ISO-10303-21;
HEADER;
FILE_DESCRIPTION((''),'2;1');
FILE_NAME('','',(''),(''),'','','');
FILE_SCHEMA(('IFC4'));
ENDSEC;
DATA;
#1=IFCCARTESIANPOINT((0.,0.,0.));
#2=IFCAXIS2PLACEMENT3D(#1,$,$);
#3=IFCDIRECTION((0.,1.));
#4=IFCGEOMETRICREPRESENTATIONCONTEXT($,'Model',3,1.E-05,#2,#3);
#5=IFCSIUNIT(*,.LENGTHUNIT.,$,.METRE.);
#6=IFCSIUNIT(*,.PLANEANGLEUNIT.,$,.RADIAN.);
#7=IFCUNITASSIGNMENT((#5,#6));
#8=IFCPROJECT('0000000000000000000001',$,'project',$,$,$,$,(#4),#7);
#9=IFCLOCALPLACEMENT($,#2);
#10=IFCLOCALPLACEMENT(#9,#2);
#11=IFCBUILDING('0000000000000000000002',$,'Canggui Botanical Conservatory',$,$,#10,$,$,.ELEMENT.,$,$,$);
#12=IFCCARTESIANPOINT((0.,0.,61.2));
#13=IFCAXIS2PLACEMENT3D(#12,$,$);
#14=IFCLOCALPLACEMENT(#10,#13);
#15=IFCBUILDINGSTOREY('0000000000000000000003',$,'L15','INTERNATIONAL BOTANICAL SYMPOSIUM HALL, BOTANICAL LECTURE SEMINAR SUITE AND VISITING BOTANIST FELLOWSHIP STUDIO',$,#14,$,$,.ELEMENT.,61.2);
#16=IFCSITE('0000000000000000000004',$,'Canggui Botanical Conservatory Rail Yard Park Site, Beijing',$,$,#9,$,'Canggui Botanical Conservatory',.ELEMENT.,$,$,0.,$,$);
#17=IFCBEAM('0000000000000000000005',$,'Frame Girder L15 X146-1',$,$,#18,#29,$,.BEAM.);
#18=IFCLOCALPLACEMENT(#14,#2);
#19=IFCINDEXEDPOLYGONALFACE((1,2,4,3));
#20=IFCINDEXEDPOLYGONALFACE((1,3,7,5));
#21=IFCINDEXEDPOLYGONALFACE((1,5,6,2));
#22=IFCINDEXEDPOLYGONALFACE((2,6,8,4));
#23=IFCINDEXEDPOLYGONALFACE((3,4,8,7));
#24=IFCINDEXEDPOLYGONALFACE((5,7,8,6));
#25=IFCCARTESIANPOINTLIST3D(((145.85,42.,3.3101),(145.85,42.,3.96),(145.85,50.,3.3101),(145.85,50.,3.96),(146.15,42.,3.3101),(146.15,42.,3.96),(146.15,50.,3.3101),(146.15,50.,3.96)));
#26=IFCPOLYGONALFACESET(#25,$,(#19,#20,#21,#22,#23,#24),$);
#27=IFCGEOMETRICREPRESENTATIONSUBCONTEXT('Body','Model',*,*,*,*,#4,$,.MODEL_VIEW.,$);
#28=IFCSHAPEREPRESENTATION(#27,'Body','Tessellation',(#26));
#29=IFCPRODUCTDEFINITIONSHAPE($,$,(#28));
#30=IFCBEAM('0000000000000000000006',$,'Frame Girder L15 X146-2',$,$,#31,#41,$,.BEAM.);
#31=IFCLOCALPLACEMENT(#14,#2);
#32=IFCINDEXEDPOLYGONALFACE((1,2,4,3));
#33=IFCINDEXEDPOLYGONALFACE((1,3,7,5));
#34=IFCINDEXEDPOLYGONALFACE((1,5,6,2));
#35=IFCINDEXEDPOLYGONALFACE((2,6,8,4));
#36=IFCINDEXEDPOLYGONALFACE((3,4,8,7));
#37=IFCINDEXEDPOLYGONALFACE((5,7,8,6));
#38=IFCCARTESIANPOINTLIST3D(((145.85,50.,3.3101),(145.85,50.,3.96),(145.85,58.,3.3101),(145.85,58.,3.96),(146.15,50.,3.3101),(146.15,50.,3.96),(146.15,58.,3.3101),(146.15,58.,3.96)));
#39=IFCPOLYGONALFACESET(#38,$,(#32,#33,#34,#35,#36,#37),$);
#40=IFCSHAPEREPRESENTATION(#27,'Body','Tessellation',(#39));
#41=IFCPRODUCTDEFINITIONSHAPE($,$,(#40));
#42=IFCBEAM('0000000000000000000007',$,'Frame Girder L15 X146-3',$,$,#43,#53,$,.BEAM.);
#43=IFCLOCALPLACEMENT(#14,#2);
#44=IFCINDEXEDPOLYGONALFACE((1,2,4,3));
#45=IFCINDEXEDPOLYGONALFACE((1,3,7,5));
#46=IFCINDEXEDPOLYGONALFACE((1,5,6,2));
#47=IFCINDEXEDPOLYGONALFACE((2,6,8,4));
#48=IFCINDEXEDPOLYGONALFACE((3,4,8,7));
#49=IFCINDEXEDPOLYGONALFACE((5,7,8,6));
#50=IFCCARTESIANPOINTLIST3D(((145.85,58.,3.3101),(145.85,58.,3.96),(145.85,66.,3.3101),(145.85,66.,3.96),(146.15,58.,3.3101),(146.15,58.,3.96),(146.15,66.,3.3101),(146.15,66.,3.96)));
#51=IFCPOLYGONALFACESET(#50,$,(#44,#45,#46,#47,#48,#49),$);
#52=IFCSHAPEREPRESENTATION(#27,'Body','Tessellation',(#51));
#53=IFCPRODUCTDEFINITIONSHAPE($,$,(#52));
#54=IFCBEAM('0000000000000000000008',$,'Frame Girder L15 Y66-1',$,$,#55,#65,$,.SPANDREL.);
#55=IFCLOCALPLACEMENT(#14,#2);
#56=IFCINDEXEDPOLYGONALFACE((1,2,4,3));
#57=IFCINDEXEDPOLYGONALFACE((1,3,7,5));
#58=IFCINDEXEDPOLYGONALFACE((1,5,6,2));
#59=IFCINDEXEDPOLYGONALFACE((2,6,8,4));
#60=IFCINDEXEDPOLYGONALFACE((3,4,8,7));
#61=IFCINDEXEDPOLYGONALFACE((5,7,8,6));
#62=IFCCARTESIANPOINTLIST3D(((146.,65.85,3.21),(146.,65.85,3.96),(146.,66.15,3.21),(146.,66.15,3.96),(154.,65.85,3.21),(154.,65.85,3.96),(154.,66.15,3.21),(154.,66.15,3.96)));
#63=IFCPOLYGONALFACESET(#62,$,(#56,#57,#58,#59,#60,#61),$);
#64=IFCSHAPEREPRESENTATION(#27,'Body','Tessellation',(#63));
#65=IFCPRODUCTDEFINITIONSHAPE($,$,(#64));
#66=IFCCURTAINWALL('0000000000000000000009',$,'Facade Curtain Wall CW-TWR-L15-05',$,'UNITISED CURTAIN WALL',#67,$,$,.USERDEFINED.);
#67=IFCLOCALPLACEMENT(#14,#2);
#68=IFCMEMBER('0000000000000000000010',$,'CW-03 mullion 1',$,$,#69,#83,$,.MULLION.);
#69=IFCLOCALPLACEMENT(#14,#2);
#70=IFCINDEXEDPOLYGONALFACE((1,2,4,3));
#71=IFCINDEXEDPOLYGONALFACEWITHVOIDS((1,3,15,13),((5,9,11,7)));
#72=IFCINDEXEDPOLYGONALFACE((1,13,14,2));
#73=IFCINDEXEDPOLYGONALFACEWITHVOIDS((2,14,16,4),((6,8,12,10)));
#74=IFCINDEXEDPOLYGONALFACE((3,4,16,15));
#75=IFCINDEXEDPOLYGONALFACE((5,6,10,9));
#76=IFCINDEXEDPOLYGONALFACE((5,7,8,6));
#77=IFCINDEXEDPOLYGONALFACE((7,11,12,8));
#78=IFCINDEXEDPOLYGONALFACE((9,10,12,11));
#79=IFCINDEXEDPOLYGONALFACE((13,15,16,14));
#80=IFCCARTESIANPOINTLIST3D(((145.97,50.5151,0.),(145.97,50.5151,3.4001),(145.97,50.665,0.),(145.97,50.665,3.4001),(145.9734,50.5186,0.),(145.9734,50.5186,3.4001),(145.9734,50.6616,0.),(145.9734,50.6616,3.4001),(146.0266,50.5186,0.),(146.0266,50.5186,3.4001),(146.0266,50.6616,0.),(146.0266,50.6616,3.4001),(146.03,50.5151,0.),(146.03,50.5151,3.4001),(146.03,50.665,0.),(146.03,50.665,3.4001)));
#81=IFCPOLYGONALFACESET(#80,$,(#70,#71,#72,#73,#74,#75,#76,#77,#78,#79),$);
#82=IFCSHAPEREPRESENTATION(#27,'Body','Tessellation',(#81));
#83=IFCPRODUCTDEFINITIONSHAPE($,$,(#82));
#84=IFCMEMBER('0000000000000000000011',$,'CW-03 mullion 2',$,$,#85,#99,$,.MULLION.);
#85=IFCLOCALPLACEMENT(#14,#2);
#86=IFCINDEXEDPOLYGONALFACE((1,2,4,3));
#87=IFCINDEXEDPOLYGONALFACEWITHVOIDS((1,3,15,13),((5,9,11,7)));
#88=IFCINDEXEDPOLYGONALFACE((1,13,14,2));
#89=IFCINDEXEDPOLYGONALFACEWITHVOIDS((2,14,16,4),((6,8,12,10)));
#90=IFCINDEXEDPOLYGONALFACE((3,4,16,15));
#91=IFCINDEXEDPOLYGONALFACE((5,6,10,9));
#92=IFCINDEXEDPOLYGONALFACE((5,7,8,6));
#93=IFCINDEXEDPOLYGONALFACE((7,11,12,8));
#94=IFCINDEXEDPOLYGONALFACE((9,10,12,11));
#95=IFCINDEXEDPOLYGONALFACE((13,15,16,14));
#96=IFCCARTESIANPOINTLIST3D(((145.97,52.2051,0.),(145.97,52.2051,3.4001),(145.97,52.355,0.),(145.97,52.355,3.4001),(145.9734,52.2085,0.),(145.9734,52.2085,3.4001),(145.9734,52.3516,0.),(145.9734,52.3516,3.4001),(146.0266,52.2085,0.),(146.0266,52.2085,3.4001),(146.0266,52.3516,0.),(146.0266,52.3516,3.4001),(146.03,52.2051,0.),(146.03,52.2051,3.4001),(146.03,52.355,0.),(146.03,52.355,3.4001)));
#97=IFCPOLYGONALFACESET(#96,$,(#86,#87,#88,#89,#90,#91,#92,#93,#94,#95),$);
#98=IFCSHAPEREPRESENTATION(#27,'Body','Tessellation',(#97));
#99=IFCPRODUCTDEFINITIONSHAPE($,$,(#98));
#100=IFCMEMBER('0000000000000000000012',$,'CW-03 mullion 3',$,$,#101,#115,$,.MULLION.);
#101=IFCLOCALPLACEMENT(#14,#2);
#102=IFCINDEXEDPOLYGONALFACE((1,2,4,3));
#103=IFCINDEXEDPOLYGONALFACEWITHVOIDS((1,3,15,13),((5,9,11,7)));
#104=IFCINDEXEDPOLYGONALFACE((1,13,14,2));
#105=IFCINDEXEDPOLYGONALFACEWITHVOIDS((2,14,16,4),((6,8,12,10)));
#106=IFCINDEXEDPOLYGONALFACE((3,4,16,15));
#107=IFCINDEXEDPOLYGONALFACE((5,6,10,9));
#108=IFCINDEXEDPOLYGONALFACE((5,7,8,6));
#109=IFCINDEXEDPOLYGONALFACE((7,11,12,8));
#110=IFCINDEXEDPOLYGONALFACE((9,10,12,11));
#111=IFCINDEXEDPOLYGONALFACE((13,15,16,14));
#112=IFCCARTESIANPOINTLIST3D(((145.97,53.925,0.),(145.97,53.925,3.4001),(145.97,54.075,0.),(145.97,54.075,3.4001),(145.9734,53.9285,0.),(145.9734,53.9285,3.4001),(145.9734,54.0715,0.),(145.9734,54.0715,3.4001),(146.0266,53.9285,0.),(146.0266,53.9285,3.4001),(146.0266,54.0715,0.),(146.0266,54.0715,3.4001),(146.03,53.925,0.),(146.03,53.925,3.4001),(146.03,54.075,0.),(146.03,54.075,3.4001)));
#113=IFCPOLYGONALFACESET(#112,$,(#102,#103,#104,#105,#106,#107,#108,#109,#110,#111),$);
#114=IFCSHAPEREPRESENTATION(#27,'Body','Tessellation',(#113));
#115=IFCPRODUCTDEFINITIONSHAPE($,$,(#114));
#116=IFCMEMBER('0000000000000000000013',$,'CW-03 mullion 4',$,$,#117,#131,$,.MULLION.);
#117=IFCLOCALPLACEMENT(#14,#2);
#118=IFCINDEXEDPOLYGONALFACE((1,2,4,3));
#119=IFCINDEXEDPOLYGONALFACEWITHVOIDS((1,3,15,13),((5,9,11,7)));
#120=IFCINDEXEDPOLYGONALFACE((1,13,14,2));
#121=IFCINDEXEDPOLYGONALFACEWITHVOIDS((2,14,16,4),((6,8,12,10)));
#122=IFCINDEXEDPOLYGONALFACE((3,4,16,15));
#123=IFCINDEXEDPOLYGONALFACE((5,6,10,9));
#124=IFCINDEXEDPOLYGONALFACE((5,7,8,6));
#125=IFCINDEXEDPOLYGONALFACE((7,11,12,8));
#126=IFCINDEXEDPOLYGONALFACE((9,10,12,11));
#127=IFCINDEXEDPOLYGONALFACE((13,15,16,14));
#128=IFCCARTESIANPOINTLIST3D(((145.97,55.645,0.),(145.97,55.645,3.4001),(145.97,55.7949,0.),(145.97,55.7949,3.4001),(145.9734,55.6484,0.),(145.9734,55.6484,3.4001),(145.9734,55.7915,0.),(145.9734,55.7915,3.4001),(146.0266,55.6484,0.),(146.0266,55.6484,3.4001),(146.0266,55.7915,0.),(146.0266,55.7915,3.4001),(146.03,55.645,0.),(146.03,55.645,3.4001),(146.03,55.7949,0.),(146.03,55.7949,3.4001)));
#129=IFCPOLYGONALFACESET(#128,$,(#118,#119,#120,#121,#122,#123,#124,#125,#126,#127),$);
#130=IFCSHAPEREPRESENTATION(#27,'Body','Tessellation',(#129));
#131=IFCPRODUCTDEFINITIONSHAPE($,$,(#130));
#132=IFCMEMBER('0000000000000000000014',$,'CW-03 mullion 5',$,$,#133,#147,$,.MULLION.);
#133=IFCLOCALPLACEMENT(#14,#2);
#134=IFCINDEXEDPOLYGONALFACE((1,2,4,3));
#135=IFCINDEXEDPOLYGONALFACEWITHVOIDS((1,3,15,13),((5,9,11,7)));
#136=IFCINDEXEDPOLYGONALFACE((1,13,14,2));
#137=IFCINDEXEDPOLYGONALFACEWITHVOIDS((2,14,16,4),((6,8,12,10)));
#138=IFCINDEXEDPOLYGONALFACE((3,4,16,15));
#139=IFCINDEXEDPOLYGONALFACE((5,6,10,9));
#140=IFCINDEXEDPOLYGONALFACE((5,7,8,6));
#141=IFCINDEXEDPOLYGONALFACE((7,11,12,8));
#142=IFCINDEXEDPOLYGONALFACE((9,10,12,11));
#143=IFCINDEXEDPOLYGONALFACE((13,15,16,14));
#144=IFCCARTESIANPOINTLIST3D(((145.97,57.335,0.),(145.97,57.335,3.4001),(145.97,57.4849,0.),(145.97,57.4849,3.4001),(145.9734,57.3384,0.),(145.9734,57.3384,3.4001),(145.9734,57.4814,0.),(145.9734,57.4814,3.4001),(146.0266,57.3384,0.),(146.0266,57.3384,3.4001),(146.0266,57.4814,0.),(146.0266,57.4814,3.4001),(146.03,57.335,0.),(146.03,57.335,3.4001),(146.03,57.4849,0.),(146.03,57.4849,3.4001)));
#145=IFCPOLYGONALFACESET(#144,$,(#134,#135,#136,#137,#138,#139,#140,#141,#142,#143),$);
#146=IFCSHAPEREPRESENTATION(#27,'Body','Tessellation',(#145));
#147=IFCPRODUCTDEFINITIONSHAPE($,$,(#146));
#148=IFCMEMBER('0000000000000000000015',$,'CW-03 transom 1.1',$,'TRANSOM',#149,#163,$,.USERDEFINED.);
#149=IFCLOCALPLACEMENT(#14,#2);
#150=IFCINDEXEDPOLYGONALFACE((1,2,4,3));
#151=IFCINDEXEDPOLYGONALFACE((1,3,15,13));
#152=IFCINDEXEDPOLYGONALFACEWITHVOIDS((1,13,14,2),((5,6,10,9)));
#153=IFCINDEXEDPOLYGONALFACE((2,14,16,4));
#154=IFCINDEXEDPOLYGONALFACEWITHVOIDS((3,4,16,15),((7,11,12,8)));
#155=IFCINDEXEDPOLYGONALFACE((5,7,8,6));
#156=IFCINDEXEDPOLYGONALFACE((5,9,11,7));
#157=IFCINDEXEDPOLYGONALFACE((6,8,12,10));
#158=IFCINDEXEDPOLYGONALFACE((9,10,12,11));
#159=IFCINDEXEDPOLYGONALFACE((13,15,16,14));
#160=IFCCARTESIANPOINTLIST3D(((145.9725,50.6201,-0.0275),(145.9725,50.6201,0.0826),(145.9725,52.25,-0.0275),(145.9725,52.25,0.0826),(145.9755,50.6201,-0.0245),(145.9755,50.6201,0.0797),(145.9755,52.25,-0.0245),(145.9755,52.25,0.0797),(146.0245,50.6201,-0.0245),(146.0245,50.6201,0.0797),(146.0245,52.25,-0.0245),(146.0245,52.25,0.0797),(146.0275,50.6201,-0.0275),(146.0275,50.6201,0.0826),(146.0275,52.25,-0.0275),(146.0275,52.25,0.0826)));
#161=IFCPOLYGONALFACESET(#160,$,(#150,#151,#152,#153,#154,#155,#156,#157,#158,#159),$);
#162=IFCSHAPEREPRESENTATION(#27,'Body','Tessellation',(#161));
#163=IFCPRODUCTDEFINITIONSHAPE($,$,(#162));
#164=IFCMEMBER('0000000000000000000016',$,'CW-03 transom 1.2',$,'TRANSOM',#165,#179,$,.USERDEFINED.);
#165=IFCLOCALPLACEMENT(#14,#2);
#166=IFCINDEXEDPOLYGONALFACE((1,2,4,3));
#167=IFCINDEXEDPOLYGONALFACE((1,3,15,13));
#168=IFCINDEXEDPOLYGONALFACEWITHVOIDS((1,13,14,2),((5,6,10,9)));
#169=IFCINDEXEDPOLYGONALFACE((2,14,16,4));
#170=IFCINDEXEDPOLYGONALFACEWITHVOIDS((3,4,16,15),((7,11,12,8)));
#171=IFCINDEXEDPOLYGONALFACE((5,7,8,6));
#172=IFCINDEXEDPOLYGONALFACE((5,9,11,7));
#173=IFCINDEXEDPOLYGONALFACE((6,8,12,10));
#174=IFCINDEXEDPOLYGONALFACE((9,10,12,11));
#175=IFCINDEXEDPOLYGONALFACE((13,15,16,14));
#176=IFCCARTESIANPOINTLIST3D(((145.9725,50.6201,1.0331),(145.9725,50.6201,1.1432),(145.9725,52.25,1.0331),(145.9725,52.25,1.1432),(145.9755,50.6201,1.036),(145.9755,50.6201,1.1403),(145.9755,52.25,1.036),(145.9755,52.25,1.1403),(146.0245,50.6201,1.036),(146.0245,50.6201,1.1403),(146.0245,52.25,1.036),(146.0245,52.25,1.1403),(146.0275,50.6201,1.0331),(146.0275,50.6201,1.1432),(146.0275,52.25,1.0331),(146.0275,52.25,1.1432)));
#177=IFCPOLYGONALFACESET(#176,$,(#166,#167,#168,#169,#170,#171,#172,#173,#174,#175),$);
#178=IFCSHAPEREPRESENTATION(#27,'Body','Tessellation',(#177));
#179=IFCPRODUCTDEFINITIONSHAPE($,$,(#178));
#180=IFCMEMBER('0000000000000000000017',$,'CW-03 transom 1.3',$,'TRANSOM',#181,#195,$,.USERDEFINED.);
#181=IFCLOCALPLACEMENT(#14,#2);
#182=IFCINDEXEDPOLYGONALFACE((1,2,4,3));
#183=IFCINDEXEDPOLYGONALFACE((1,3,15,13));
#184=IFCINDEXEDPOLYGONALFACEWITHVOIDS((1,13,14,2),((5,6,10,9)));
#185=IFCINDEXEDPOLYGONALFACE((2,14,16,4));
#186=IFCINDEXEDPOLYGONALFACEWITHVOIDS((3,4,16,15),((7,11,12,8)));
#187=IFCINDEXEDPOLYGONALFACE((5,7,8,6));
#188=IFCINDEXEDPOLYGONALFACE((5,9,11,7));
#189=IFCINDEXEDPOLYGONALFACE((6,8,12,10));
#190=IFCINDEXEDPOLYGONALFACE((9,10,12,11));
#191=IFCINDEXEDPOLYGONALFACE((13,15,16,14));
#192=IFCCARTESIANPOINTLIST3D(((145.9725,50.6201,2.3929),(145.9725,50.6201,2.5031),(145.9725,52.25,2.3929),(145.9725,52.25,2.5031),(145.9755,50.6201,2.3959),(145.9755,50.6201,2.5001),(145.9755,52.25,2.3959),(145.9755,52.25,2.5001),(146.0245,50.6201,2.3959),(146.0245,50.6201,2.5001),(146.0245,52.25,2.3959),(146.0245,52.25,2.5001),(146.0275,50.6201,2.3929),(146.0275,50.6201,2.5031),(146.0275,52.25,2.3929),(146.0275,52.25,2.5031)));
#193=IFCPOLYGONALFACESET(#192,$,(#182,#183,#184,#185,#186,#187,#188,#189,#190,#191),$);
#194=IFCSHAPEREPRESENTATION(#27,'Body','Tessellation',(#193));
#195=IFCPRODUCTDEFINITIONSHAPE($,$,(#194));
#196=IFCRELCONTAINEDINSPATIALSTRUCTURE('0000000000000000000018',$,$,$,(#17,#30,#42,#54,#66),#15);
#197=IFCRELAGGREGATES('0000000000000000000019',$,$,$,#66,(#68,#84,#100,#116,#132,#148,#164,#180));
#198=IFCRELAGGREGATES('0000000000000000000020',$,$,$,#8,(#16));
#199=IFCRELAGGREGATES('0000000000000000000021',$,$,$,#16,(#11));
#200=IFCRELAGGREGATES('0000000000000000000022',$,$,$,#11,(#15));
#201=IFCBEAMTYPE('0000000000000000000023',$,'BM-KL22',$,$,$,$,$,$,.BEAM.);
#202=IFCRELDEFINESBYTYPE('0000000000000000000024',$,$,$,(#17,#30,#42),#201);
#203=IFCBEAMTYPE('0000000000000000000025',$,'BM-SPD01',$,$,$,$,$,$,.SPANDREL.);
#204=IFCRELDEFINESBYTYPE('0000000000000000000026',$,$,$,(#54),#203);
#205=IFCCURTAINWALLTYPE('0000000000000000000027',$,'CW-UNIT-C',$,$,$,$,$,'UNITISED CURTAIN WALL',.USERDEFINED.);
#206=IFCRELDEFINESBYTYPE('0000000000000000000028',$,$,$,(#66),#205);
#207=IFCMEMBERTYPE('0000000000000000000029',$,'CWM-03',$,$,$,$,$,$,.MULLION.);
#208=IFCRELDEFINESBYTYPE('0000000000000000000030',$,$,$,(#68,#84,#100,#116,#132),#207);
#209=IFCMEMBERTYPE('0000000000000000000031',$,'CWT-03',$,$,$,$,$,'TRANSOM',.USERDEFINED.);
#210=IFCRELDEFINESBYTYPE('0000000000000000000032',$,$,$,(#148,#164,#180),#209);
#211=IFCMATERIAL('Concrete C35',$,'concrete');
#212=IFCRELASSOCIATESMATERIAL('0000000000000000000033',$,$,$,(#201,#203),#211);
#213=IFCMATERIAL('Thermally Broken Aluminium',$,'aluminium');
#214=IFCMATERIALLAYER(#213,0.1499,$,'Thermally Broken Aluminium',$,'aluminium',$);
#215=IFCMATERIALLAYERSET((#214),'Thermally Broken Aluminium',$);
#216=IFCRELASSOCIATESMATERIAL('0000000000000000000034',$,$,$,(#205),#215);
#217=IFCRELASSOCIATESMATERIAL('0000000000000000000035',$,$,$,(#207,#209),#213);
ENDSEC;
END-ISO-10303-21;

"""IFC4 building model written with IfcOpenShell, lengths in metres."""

from ifc_helpers import new_model, si_unit, direction, frame, origin, origin_2d, place, context, subcontext, project, spatial, rectangle, hollow_rectangle, extrude, material, layer, layer_set, material_profile, profile_set, type_object, element, aggregate, save


model = new_model("IFC4")

# Units and contexts
model_context = context("Model", 3, precision=1e-05, world=origin(), true_north=direction((0.0, 1.0)))
body_context = subcontext(model_context, "Body", "Model", "MODEL_VIEW")
ifc_project = project(units=[si_unit("LENGTHUNIT", "METRE"), si_unit("PLANEANGLEUNIT", "RADIAN")], contexts=[model_context])

# Site, building, storey
site_placement = place(None, origin())
site = spatial("IfcSite", under=ifc_project, at=site_placement, Name="Canggui Botanical Conservatory Rail Yard Park Site, Beijing", LongName="Canggui Botanical Conservatory", CompositionType="ELEMENT", RefElevation=0.0)
building_placement = place(site_placement, origin())
building = spatial("IfcBuilding", under=site, at=building_placement, Name="Canggui Botanical Conservatory", CompositionType="ELEMENT")
storey_placement = place(building_placement, frame((0.0, 0.0, 61.2)))
storey = spatial("IfcBuildingStorey", under=building, at=storey_placement, Name="L15", Description="INTERNATIONAL BOTANICAL SYMPOSIUM HALL, BOTANICAL LECTURE SEMINAR SUITE AND VISITING BOTANIST FELLOWSHIP STUDIO", CompositionType="ELEMENT", Elevation=61.2)

# Beams
ifc_material_1 = material(Name="Concrete C35", Category="concrete")
ifc_material_profile_1 = material_profile(ifc_material_1, rectangle(XDim=0.3, YDim=0.6499, at=origin_2d()), Name="RB 300x650")
ifc_profile_set_1 = profile_set([ifc_material_profile_1], Name="Concrete C35")
beam_type_1 = type_object("IfcBeamType", Name="BM-KL22", PredefinedType="BEAM", material=ifc_profile_set_1)
for number, where, z_axis, x_axis, name in (
    (1, (146.0, 42.0, 3.635), (0.0, 1.0, 0.0), (-1.0, 0.0, 0.0), "Frame Girder L15 X146-1"),
    (2, (146.0, 50.0, 3.635), (0.0, 1.0, 0.0), (-1.0, 0.0, 0.0), "Frame Girder L15 X146-2"),
    (3, (146.0, 58.0, 3.635), (0.0, 1.0, 0.0), (-1.0, 0.0, 0.0), "Frame Girder L15 X146-3"),
):
    element("IfcBeam", number, at=place(storey_placement, frame(where, z_axis=z_axis, x_axis=x_axis)), inside=storey, type_object=beam_type_1, Name=name, PredefinedType="BEAM", context=body_context, shape_type="SweptSolid", body=[
        extrude(rectangle(XDim=0.3, YDim=0.6499, at=origin_2d()), origin(), (0.0, 0.0, 1.0), 8.0),
    ])
ifc_material_profile_2 = material_profile(ifc_material_1, rectangle(XDim=0.3, YDim=0.75, at=origin_2d()), Name="RB 300x750")
ifc_profile_set_2 = profile_set([ifc_material_profile_2], Name="Concrete C35")
beam_type_2 = type_object("IfcBeamType", Name="BM-SPD01", PredefinedType="SPANDREL", material=ifc_profile_set_2)
beam_placement = place(storey_placement, frame((146.0, 66.0, 3.585), z_axis=(1.0, 0.0, 0.0), x_axis=(0.0, 1.0, 0.0)))
element("IfcBeam", 4, at=beam_placement, inside=storey, type_object=beam_type_2, Name="Frame Girder L15 Y66-1", PredefinedType="SPANDREL", context=body_context, shape_type="SweptSolid", body=[
    extrude(rectangle(XDim=0.3, YDim=0.75, at=origin_2d()), origin(), (0.0, 0.0, 1.0), 8.0),
])

# Curtain wall, members
ifc_material_2 = material(Name="Thermally Broken Aluminium", Category="aluminium")
ifc_layer_1 = layer(ifc_material_2, 0.1499, Name="Thermally Broken Aluminium", Category="aluminium")
ifc_layer_set_1 = layer_set([ifc_layer_1], Name="Thermally Broken Aluminium")
curtain_wall_type = type_object("IfcCurtainWallType", Name="CW-UNIT-C", ElementType="UNITISED CURTAIN WALL", PredefinedType="USERDEFINED", material=ifc_layer_set_1)
curtain_wall_placement = place(storey_placement, origin())
curtain_wall = element("IfcCurtainWall", 5, at=curtain_wall_placement, inside=storey, type_object=curtain_wall_type, Name="Facade Curtain Wall CW-TWR-L15-05", ObjectType="UNITISED CURTAIN WALL", PredefinedType="USERDEFINED")
ifc_material_profile_3 = material_profile(ifc_material_2, hollow_rectangle(XDim=0.0601, YDim=0.1499, WallThickness=0.0034, at=origin_2d()), Name="CWM 60x150x3.5")
ifc_profile_set_3 = profile_set([ifc_material_profile_3], Name="Thermally Broken Aluminium")
member_type_1 = type_object("IfcMemberType", Name="CWM-03", PredefinedType="MULLION", material=ifc_profile_set_3)
member_1_placement = place(storey_placement, frame((146.0, 50.5901, 0.0), z_axis=(0.0, 0.0, 1.0), x_axis=(-1.0, 0.0, 0.0)))
member_1 = element("IfcMember", 6, at=member_1_placement, type_object=member_type_1, Name="CW-03 mullion 1", PredefinedType="MULLION", context=body_context, shape_type="SweptSolid", body=[
    extrude(hollow_rectangle(XDim=0.0601, YDim=0.1499, WallThickness=0.0034, at=origin_2d()), origin(), (0.0, 0.0, 1.0), 3.4001),
])
member_2_placement = place(storey_placement, frame((146.0, 52.28, 0.0), z_axis=(0.0, 0.0, 1.0), x_axis=(-1.0, 0.0, 0.0)))
member_2 = element("IfcMember", 7, at=member_2_placement, type_object=member_type_1, Name="CW-03 mullion 2", PredefinedType="MULLION", context=body_context, shape_type="SweptSolid", body=[
    extrude(hollow_rectangle(XDim=0.0601, YDim=0.1499, WallThickness=0.0034, at=origin_2d()), origin(), (0.0, 0.0, 1.0), 3.4001),
])
member_3_placement = place(storey_placement, frame((146.0, 54.0, 0.0), z_axis=(0.0, 0.0, 1.0), x_axis=(-1.0, 0.0, 0.0)))
member_3 = element("IfcMember", 8, at=member_3_placement, type_object=member_type_1, Name="CW-03 mullion 3", PredefinedType="MULLION", context=body_context, shape_type="SweptSolid", body=[
    extrude(hollow_rectangle(XDim=0.0601, YDim=0.1499, WallThickness=0.0034, at=origin_2d()), origin(), (0.0, 0.0, 1.0), 3.4001),
])
member_4_placement = place(storey_placement, frame((146.0, 55.72, 0.0), z_axis=(0.0, 0.0, 1.0), x_axis=(-1.0, 0.0, 0.0)))
member_4 = element("IfcMember", 9, at=member_4_placement, type_object=member_type_1, Name="CW-03 mullion 4", PredefinedType="MULLION", context=body_context, shape_type="SweptSolid", body=[
    extrude(hollow_rectangle(XDim=0.0601, YDim=0.1499, WallThickness=0.0034, at=origin_2d()), origin(), (0.0, 0.0, 1.0), 3.4001),
])
member_5_placement = place(storey_placement, frame((146.0, 57.4099, 0.0), z_axis=(0.0, 0.0, 1.0), x_axis=(-1.0, 0.0, 0.0)))
member_5 = element("IfcMember", 10, at=member_5_placement, type_object=member_type_1, Name="CW-03 mullion 5", PredefinedType="MULLION", context=body_context, shape_type="SweptSolid", body=[
    extrude(hollow_rectangle(XDim=0.0601, YDim=0.1499, WallThickness=0.0034, at=origin_2d()), origin(), (0.0, 0.0, 1.0), 3.4001),
])
ifc_material_profile_4 = material_profile(ifc_material_2, hollow_rectangle(XDim=0.0549, YDim=0.1101, WallThickness=0.0029, at=origin_2d()), Name="CWT 55x110x3")
ifc_profile_set_4 = profile_set([ifc_material_profile_4], Name="Thermally Broken Aluminium")
member_type_2 = type_object("IfcMemberType", Name="CWT-03", ElementType="TRANSOM", PredefinedType="USERDEFINED", material=ifc_profile_set_4)
member_6_placement = place(storey_placement, frame((146.0, 50.6201, 0.0276), z_axis=(0.0, 1.0, 0.0), x_axis=(-1.0, 0.0, 0.0)))
member_6 = element("IfcMember", 11, at=member_6_placement, type_object=member_type_2, Name="CW-03 transom 1.1", ObjectType="TRANSOM", PredefinedType="USERDEFINED", context=body_context, shape_type="SweptSolid", body=[
    extrude(hollow_rectangle(XDim=0.0549, YDim=0.1101, WallThickness=0.0029, at=origin_2d()), origin(), (0.0, 0.0, 1.0), 1.6299),
])
member_7_placement = place(storey_placement, frame((146.0, 50.6201, 1.0881), z_axis=(0.0, 1.0, 0.0), x_axis=(-1.0, 0.0, 0.0)))
member_7 = element("IfcMember", 12, at=member_7_placement, type_object=member_type_2, Name="CW-03 transom 1.2", ObjectType="TRANSOM", PredefinedType="USERDEFINED", context=body_context, shape_type="SweptSolid", body=[
    extrude(hollow_rectangle(XDim=0.0549, YDim=0.1101, WallThickness=0.0029, at=origin_2d()), origin(), (0.0, 0.0, 1.0), 1.6299),
])
member_8_placement = place(storey_placement, frame((146.0, 50.6201, 2.448), z_axis=(0.0, 1.0, 0.0), x_axis=(-1.0, 0.0, 0.0)))
member_8 = element("IfcMember", 13, at=member_8_placement, type_object=member_type_2, Name="CW-03 transom 1.3", ObjectType="TRANSOM", PredefinedType="USERDEFINED", context=body_context, shape_type="SweptSolid", body=[
    extrude(hollow_rectangle(XDim=0.0549, YDim=0.1101, WallThickness=0.0029, at=origin_2d()), origin(), (0.0, 0.0, 1.0), 1.6299),
])
aggregate(curtain_wall, [member_1, member_2, member_3, member_4, member_5, member_6, member_7, member_8])

save(model, "model.ifc")
